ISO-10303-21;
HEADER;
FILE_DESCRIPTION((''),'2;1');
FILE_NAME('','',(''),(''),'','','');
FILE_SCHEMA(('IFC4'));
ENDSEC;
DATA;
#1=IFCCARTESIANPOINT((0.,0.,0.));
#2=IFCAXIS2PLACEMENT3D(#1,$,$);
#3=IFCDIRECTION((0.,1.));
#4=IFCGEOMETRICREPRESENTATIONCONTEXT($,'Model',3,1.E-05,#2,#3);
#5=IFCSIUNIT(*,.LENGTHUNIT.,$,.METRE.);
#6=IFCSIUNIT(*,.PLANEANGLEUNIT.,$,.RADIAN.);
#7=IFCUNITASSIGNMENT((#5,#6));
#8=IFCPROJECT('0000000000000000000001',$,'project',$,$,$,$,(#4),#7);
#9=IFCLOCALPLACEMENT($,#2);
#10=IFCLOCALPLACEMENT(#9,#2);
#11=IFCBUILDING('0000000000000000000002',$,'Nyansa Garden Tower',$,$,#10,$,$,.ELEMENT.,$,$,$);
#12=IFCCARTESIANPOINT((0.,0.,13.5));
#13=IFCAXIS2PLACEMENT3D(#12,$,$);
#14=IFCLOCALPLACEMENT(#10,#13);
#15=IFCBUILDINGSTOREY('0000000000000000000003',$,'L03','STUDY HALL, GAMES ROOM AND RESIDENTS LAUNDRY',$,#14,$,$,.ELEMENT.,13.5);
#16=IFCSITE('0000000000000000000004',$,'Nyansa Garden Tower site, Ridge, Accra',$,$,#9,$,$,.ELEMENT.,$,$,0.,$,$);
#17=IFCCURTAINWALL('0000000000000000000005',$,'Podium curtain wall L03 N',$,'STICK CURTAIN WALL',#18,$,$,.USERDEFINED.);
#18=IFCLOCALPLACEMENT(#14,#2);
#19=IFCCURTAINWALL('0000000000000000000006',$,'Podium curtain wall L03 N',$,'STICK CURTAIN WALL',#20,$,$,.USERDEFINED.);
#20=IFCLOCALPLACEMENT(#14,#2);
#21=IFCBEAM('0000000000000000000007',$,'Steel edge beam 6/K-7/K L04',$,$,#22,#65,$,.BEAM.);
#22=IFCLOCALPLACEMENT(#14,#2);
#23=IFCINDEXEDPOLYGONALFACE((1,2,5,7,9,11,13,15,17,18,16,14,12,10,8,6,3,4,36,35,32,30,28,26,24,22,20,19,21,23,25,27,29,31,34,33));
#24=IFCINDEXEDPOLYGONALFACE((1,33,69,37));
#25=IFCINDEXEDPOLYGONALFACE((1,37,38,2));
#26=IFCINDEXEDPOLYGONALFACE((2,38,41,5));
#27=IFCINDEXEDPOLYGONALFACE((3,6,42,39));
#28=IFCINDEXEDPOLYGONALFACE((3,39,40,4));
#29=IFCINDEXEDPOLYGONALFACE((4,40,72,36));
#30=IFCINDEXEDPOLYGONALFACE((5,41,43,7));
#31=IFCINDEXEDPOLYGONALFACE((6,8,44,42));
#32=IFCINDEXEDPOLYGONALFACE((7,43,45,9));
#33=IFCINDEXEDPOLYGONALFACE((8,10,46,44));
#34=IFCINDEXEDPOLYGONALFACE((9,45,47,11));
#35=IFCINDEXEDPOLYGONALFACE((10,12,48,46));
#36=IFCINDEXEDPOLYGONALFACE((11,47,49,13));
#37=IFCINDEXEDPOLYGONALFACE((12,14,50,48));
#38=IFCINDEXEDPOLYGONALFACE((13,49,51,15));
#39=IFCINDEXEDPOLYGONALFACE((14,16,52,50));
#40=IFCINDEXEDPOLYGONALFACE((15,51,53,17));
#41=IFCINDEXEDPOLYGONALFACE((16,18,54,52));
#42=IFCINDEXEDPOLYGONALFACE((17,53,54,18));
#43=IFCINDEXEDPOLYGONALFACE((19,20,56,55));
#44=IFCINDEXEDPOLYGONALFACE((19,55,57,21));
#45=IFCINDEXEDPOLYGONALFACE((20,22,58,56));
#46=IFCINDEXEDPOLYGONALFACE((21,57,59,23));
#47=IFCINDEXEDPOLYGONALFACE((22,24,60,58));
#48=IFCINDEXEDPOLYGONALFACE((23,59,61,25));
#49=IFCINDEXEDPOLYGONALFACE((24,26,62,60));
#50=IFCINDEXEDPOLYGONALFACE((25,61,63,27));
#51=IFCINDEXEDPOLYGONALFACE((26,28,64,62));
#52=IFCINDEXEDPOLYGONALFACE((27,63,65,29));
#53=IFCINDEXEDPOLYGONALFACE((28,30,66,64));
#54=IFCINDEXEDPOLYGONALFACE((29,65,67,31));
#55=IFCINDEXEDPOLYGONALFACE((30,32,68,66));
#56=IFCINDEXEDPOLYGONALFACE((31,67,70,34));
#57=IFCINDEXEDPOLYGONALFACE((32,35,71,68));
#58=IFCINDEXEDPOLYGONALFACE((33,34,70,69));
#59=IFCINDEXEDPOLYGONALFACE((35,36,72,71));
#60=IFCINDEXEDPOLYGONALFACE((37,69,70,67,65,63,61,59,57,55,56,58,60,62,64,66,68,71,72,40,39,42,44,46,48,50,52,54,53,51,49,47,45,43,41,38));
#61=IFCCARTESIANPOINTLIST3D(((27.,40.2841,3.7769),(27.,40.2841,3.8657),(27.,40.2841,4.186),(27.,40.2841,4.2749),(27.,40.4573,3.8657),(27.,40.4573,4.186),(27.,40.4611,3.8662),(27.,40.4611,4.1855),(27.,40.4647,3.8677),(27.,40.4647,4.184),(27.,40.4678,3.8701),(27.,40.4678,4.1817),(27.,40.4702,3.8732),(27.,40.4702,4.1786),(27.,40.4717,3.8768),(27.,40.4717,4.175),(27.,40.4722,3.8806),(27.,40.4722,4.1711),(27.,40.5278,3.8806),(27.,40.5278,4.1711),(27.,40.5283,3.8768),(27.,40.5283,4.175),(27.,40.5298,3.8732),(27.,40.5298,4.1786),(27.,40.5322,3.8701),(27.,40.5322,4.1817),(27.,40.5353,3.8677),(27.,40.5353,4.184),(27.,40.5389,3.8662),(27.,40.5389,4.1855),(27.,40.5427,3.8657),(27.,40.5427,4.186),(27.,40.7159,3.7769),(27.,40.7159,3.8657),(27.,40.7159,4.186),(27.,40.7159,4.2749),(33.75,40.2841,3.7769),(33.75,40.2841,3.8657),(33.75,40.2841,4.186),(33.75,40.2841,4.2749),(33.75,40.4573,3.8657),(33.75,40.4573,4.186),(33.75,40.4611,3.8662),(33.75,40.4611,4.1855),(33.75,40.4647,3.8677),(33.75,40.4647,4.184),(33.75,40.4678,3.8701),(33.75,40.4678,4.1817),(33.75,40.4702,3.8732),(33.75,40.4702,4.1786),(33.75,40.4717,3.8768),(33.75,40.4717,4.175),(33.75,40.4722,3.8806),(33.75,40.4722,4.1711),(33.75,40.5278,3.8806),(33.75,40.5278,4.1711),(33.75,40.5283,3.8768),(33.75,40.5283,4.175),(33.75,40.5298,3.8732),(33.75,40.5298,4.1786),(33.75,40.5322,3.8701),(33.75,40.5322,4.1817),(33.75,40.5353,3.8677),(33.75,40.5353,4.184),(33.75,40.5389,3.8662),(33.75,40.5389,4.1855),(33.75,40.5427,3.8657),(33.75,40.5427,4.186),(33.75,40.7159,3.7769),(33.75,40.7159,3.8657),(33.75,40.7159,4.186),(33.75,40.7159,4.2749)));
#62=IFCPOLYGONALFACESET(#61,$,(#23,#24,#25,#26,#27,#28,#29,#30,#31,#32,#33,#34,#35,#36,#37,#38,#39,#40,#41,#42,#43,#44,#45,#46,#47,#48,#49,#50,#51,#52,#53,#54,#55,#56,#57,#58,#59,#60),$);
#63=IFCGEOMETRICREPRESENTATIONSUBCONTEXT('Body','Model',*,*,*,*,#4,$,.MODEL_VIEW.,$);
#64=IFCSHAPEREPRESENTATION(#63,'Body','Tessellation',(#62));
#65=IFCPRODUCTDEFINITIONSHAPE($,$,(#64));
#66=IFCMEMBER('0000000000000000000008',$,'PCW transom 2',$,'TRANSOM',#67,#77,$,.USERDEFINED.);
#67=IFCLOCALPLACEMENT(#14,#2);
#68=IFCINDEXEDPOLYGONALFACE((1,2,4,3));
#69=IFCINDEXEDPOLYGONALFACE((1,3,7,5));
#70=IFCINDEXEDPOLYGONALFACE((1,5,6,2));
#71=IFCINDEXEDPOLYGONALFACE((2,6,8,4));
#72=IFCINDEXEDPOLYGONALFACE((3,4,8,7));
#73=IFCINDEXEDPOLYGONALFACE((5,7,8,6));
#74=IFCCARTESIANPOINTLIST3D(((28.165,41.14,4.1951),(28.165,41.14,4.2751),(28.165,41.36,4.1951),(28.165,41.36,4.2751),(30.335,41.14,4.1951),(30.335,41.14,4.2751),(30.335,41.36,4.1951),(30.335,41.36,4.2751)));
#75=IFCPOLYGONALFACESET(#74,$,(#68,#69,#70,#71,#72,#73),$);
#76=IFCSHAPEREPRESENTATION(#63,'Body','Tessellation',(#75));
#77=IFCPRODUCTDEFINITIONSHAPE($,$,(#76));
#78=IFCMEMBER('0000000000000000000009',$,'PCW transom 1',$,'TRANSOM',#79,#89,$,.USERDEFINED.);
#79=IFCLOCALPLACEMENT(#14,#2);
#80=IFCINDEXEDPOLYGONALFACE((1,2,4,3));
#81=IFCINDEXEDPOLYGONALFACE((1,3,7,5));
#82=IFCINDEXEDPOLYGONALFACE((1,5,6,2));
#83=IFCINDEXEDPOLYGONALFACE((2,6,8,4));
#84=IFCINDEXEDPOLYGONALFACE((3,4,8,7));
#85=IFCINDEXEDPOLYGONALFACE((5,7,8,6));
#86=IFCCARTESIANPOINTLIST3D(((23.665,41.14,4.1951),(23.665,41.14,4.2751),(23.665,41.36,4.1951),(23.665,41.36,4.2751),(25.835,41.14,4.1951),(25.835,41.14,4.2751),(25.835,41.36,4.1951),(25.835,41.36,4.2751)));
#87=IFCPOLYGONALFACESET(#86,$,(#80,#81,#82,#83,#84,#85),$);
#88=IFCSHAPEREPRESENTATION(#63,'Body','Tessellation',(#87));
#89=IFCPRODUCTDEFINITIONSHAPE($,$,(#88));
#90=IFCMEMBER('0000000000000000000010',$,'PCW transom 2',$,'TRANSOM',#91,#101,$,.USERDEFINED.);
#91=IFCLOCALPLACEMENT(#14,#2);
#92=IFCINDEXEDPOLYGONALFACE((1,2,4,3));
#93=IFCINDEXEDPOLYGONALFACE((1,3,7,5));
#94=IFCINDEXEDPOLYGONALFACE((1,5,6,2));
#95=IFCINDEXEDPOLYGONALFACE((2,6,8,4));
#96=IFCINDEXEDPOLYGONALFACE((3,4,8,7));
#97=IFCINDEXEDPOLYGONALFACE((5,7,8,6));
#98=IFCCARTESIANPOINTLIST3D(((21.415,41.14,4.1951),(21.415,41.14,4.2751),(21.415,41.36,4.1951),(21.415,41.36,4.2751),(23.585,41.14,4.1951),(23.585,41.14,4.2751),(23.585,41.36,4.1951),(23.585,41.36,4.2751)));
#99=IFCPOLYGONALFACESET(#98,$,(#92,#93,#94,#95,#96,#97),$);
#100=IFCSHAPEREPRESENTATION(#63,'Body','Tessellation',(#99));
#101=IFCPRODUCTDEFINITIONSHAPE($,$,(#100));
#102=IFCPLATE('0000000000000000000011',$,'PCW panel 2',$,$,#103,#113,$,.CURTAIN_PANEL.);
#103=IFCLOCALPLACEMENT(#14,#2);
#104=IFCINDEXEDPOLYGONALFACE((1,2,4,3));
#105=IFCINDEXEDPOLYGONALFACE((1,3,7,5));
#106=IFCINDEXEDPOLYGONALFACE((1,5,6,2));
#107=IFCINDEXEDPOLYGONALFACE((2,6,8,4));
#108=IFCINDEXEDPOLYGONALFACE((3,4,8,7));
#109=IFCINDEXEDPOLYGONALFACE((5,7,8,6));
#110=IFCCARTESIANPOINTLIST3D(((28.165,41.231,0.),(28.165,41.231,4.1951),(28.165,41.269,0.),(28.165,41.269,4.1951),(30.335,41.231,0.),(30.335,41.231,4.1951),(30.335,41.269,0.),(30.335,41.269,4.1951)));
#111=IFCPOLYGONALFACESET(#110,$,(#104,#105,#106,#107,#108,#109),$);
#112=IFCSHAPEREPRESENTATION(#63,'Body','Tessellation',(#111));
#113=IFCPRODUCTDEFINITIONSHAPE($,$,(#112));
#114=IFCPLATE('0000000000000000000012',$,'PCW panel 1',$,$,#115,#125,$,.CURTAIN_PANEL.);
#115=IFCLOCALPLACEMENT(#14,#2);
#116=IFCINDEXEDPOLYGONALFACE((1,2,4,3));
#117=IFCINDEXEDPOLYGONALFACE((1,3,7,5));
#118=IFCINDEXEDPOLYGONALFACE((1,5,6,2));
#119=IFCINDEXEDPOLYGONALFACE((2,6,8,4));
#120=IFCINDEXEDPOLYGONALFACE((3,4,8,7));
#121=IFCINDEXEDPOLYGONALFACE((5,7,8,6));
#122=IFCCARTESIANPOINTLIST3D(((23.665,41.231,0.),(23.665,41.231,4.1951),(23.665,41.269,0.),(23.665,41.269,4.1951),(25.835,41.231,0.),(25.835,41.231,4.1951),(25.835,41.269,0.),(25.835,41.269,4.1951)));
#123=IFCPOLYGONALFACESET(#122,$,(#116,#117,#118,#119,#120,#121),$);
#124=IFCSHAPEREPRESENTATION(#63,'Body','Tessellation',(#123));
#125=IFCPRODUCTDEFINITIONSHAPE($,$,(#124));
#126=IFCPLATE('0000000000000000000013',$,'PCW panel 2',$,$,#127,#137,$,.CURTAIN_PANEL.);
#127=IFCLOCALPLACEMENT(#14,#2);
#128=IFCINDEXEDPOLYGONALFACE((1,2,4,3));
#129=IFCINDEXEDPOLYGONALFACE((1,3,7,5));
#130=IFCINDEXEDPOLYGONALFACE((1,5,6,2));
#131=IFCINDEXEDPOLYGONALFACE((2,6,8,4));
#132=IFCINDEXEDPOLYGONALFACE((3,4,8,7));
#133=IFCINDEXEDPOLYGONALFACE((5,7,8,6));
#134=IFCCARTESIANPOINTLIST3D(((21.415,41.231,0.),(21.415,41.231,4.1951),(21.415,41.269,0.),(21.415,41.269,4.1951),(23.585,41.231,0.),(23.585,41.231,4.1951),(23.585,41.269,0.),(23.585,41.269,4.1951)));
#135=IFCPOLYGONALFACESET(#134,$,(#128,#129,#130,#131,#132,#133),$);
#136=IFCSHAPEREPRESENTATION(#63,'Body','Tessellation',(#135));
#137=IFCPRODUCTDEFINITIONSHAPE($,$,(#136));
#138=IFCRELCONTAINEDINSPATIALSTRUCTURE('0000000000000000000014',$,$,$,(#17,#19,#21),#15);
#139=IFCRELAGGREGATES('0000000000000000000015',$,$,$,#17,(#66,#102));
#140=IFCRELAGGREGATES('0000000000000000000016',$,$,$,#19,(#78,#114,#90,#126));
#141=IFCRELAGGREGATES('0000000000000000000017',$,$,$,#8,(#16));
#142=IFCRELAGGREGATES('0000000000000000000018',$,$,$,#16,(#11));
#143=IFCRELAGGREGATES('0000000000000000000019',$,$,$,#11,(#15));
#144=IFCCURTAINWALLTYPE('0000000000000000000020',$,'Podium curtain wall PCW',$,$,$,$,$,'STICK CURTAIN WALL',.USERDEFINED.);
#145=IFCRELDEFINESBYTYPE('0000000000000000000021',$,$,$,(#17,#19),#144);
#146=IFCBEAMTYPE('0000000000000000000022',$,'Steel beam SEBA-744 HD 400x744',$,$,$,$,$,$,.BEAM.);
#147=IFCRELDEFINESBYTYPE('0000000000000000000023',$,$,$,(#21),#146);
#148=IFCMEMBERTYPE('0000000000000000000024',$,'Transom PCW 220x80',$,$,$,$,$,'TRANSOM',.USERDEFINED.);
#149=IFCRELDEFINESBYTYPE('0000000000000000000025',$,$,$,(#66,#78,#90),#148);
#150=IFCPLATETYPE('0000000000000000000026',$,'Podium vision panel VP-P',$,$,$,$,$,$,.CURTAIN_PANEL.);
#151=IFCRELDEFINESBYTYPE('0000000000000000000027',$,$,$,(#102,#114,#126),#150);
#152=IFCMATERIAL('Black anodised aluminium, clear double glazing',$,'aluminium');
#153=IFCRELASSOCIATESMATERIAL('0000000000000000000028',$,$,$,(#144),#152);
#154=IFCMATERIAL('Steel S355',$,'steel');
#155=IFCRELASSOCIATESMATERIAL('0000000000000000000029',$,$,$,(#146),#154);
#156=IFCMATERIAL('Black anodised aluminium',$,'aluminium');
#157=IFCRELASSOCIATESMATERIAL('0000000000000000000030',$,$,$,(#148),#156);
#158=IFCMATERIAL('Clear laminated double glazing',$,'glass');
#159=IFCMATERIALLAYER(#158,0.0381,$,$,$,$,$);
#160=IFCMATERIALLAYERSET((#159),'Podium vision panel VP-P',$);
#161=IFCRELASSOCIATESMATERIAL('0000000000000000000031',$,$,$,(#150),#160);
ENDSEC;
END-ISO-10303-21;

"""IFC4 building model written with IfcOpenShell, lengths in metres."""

from ifc_helpers import new_model, si_unit, direction, frame, origin, origin_2d, place, context, subcontext, project, spatial, rectangle, i_section, extrude, material, layer, layer_set, material_profile, profile_set, type_object, element, aggregate, save


model = new_model("IFC4")

# Units and contexts
model_context = context("Model", 3, precision=1e-05, world=origin(), true_north=direction((0.0, 1.0)))
body_context = subcontext(model_context, "Body", "Model", "MODEL_VIEW")
ifc_project = project(units=[si_unit("LENGTHUNIT", "METRE"), si_unit("PLANEANGLEUNIT", "RADIAN")], contexts=[model_context])

# Site, building, storey
site_placement = place(None, origin())
site = spatial("IfcSite", under=ifc_project, at=site_placement, Name="Nyansa Garden Tower site, Ridge, Accra", CompositionType="ELEMENT", RefElevation=0.0)
building_placement = place(site_placement, origin())
building = spatial("IfcBuilding", under=site, at=building_placement, Name="Nyansa Garden Tower", CompositionType="ELEMENT")
storey_placement = place(building_placement, frame((0.0, 0.0, 13.5)))
storey = spatial("IfcBuildingStorey", under=building, at=storey_placement, Name="L03", Description="STUDY HALL, GAMES ROOM AND RESIDENTS LAUNDRY", CompositionType="ELEMENT", Elevation=13.5)

# Curtain walls
ifc_material_1 = material(Name="Black anodised aluminium, clear double glazing", Category="aluminium")
curtain_wall_type = type_object("IfcCurtainWallType", Name="Podium curtain wall PCW", ElementType="STICK CURTAIN WALL", PredefinedType="USERDEFINED", material=ifc_material_1)
curtain_wall_1_placement = place(storey_placement, origin())
curtain_wall_1 = element("IfcCurtainWall", 1, at=curtain_wall_1_placement, inside=storey, type_object=curtain_wall_type, Name="Podium curtain wall L03 N", ObjectType="STICK CURTAIN WALL", PredefinedType="USERDEFINED")
curtain_wall_2_placement = place(storey_placement, origin())
curtain_wall_2 = element("IfcCurtainWall", 2, at=curtain_wall_2_placement, inside=storey, type_object=curtain_wall_type, Name="Podium curtain wall L03 N", ObjectType="STICK CURTAIN WALL", PredefinedType="USERDEFINED")

# Beam
ifc_material_2 = material(Name="Steel S355", Category="steel")
ifc_material_profile_1 = material_profile(ifc_material_2, i_section(OverallWidth=0.4319, OverallDepth=0.498, WebThickness=0.0557, FlangeThickness=0.0889, FilletRadius=0.0149, at=origin_2d()), Name="HD 400x744")
ifc_profile_set_1 = profile_set([ifc_material_profile_1], Name="Steel S355")
beam_type_1 = type_object("IfcBeamType", Name="Steel beam SEBA-744 HD 400x744", PredefinedType="BEAM", material=ifc_profile_set_1)
for number, where, z_axis, x_axis, name in (
    (3, (27.0, 40.5, 4.0259), (1.0, 0.0, 0.0), (0.0, 1.0, 0.0), "Steel edge beam 6/K-7/K L04"),
):
    element("IfcBeam", number, at=place(storey_placement, frame(where, z_axis=z_axis, x_axis=x_axis)), inside=storey, type_object=beam_type_1, Name=name, PredefinedType="BEAM", context=body_context, shape_type="SweptSolid", body=[
        extrude(i_section(OverallWidth=0.4319, OverallDepth=0.498, WebThickness=0.0557, FlangeThickness=0.0889, FilletRadius=0.0149, at=origin_2d()), origin(), (0.0, 0.0, 1.0), 6.75),
    ])

# Members
ifc_material_3 = material(Name="Black anodised aluminium", Category="aluminium")
ifc_material_profile_2 = material_profile(ifc_material_3, rectangle(XDim=0.22, YDim=0.0801, at=origin_2d()), Name="Transom 220x80")
ifc_profile_set_2 = profile_set([ifc_material_profile_2], Name="Black anodised aluminium")
member_type_1 = type_object("IfcMemberType", Name="Transom PCW 220x80", ElementType="TRANSOM", PredefinedType="USERDEFINED", material=ifc_profile_set_2)
member_1_placement = place(storey_placement, frame((30.335, 41.25, 4.2351), z_axis=(-1.0, 0.0, 0.0), x_axis=(0.0, -1.0, 0.0)))
member_1 = element("IfcMember", 4, at=member_1_placement, type_object=member_type_1, Name="PCW transom 2", ObjectType="TRANSOM", PredefinedType="USERDEFINED", context=body_context, shape_type="SweptSolid", body=[
    extrude(rectangle(XDim=0.22, YDim=0.0801, at=origin_2d()), origin(), (0.0, 0.0, 1.0), 2.1699),
])
member_2_placement = place(storey_placement, frame((25.835, 41.25, 4.2351), z_axis=(-1.0, 0.0, 0.0), x_axis=(0.0, -1.0, 0.0)))
member_2 = element("IfcMember", 5, at=member_2_placement, type_object=member_type_1, Name="PCW transom 1", ObjectType="TRANSOM", PredefinedType="USERDEFINED", context=body_context, shape_type="SweptSolid", body=[
    extrude(rectangle(XDim=0.22, YDim=0.0801, at=origin_2d()), origin(), (0.0, 0.0, 1.0), 2.1699),
])
member_3_placement = place(storey_placement, frame((23.585, 41.25, 4.2351), z_axis=(-1.0, 0.0, 0.0), x_axis=(0.0, -1.0, 0.0)))
member_3 = element("IfcMember", 6, at=member_3_placement, type_object=member_type_1, Name="PCW transom 2", ObjectType="TRANSOM", PredefinedType="USERDEFINED", context=body_context, shape_type="SweptSolid", body=[
    extrude(rectangle(XDim=0.22, YDim=0.0801, at=origin_2d()), origin(), (0.0, 0.0, 1.0), 2.1699),
])

# Plates
ifc_material_4 = material(Name="Clear laminated double glazing", Category="glass")
ifc_layer = layer(ifc_material_4, 0.0381)
ifc_layer_set = layer_set([ifc_layer], Name="Podium vision panel VP-P")
plate_type = type_object("IfcPlateType", Name="Podium vision panel VP-P", PredefinedType="CURTAIN_PANEL", material=ifc_layer_set)
plate_1_placement = place(storey_placement, frame((29.25, 41.25, 0.0), z_axis=(0.0, 0.0, 1.0), x_axis=(-1.0, 0.0, 0.0)))
plate_1 = element("IfcPlate", 7, at=plate_1_placement, type_object=plate_type, Name="PCW panel 2", PredefinedType="CURTAIN_PANEL", context=body_context, shape_type="SweptSolid", body=[
    extrude(rectangle(XDim=2.1699, YDim=0.0381, at=origin_2d()), origin(), (0.0, 0.0, 1.0), 4.1951),
])
aggregate(curtain_wall_1, [member_1, plate_1])
plate_2_placement = place(storey_placement, frame((24.75, 41.25, 0.0), z_axis=(0.0, 0.0, 1.0), x_axis=(-1.0, 0.0, 0.0)))
plate_2 = element("IfcPlate", 8, at=plate_2_placement, type_object=plate_type, Name="PCW panel 1", PredefinedType="CURTAIN_PANEL", context=body_context, shape_type="SweptSolid", body=[
    extrude(rectangle(XDim=2.1699, YDim=0.0381, at=origin_2d()), origin(), (0.0, 0.0, 1.0), 4.1951),
])
plate_3_placement = place(storey_placement, frame((22.5, 41.25, 0.0), z_axis=(0.0, 0.0, 1.0), x_axis=(-1.0, 0.0, 0.0)))
plate_3 = element("IfcPlate", 9, at=plate_3_placement, type_object=plate_type, Name="PCW panel 2", PredefinedType="CURTAIN_PANEL", context=body_context, shape_type="SweptSolid", body=[
    extrude(rectangle(XDim=2.1699, YDim=0.0381, at=origin_2d()), origin(), (0.0, 0.0, 1.0), 4.1951),
])
aggregate(curtain_wall_2, [member_2, plate_2, member_3, plate_3])

save(model, "model.ifc")
